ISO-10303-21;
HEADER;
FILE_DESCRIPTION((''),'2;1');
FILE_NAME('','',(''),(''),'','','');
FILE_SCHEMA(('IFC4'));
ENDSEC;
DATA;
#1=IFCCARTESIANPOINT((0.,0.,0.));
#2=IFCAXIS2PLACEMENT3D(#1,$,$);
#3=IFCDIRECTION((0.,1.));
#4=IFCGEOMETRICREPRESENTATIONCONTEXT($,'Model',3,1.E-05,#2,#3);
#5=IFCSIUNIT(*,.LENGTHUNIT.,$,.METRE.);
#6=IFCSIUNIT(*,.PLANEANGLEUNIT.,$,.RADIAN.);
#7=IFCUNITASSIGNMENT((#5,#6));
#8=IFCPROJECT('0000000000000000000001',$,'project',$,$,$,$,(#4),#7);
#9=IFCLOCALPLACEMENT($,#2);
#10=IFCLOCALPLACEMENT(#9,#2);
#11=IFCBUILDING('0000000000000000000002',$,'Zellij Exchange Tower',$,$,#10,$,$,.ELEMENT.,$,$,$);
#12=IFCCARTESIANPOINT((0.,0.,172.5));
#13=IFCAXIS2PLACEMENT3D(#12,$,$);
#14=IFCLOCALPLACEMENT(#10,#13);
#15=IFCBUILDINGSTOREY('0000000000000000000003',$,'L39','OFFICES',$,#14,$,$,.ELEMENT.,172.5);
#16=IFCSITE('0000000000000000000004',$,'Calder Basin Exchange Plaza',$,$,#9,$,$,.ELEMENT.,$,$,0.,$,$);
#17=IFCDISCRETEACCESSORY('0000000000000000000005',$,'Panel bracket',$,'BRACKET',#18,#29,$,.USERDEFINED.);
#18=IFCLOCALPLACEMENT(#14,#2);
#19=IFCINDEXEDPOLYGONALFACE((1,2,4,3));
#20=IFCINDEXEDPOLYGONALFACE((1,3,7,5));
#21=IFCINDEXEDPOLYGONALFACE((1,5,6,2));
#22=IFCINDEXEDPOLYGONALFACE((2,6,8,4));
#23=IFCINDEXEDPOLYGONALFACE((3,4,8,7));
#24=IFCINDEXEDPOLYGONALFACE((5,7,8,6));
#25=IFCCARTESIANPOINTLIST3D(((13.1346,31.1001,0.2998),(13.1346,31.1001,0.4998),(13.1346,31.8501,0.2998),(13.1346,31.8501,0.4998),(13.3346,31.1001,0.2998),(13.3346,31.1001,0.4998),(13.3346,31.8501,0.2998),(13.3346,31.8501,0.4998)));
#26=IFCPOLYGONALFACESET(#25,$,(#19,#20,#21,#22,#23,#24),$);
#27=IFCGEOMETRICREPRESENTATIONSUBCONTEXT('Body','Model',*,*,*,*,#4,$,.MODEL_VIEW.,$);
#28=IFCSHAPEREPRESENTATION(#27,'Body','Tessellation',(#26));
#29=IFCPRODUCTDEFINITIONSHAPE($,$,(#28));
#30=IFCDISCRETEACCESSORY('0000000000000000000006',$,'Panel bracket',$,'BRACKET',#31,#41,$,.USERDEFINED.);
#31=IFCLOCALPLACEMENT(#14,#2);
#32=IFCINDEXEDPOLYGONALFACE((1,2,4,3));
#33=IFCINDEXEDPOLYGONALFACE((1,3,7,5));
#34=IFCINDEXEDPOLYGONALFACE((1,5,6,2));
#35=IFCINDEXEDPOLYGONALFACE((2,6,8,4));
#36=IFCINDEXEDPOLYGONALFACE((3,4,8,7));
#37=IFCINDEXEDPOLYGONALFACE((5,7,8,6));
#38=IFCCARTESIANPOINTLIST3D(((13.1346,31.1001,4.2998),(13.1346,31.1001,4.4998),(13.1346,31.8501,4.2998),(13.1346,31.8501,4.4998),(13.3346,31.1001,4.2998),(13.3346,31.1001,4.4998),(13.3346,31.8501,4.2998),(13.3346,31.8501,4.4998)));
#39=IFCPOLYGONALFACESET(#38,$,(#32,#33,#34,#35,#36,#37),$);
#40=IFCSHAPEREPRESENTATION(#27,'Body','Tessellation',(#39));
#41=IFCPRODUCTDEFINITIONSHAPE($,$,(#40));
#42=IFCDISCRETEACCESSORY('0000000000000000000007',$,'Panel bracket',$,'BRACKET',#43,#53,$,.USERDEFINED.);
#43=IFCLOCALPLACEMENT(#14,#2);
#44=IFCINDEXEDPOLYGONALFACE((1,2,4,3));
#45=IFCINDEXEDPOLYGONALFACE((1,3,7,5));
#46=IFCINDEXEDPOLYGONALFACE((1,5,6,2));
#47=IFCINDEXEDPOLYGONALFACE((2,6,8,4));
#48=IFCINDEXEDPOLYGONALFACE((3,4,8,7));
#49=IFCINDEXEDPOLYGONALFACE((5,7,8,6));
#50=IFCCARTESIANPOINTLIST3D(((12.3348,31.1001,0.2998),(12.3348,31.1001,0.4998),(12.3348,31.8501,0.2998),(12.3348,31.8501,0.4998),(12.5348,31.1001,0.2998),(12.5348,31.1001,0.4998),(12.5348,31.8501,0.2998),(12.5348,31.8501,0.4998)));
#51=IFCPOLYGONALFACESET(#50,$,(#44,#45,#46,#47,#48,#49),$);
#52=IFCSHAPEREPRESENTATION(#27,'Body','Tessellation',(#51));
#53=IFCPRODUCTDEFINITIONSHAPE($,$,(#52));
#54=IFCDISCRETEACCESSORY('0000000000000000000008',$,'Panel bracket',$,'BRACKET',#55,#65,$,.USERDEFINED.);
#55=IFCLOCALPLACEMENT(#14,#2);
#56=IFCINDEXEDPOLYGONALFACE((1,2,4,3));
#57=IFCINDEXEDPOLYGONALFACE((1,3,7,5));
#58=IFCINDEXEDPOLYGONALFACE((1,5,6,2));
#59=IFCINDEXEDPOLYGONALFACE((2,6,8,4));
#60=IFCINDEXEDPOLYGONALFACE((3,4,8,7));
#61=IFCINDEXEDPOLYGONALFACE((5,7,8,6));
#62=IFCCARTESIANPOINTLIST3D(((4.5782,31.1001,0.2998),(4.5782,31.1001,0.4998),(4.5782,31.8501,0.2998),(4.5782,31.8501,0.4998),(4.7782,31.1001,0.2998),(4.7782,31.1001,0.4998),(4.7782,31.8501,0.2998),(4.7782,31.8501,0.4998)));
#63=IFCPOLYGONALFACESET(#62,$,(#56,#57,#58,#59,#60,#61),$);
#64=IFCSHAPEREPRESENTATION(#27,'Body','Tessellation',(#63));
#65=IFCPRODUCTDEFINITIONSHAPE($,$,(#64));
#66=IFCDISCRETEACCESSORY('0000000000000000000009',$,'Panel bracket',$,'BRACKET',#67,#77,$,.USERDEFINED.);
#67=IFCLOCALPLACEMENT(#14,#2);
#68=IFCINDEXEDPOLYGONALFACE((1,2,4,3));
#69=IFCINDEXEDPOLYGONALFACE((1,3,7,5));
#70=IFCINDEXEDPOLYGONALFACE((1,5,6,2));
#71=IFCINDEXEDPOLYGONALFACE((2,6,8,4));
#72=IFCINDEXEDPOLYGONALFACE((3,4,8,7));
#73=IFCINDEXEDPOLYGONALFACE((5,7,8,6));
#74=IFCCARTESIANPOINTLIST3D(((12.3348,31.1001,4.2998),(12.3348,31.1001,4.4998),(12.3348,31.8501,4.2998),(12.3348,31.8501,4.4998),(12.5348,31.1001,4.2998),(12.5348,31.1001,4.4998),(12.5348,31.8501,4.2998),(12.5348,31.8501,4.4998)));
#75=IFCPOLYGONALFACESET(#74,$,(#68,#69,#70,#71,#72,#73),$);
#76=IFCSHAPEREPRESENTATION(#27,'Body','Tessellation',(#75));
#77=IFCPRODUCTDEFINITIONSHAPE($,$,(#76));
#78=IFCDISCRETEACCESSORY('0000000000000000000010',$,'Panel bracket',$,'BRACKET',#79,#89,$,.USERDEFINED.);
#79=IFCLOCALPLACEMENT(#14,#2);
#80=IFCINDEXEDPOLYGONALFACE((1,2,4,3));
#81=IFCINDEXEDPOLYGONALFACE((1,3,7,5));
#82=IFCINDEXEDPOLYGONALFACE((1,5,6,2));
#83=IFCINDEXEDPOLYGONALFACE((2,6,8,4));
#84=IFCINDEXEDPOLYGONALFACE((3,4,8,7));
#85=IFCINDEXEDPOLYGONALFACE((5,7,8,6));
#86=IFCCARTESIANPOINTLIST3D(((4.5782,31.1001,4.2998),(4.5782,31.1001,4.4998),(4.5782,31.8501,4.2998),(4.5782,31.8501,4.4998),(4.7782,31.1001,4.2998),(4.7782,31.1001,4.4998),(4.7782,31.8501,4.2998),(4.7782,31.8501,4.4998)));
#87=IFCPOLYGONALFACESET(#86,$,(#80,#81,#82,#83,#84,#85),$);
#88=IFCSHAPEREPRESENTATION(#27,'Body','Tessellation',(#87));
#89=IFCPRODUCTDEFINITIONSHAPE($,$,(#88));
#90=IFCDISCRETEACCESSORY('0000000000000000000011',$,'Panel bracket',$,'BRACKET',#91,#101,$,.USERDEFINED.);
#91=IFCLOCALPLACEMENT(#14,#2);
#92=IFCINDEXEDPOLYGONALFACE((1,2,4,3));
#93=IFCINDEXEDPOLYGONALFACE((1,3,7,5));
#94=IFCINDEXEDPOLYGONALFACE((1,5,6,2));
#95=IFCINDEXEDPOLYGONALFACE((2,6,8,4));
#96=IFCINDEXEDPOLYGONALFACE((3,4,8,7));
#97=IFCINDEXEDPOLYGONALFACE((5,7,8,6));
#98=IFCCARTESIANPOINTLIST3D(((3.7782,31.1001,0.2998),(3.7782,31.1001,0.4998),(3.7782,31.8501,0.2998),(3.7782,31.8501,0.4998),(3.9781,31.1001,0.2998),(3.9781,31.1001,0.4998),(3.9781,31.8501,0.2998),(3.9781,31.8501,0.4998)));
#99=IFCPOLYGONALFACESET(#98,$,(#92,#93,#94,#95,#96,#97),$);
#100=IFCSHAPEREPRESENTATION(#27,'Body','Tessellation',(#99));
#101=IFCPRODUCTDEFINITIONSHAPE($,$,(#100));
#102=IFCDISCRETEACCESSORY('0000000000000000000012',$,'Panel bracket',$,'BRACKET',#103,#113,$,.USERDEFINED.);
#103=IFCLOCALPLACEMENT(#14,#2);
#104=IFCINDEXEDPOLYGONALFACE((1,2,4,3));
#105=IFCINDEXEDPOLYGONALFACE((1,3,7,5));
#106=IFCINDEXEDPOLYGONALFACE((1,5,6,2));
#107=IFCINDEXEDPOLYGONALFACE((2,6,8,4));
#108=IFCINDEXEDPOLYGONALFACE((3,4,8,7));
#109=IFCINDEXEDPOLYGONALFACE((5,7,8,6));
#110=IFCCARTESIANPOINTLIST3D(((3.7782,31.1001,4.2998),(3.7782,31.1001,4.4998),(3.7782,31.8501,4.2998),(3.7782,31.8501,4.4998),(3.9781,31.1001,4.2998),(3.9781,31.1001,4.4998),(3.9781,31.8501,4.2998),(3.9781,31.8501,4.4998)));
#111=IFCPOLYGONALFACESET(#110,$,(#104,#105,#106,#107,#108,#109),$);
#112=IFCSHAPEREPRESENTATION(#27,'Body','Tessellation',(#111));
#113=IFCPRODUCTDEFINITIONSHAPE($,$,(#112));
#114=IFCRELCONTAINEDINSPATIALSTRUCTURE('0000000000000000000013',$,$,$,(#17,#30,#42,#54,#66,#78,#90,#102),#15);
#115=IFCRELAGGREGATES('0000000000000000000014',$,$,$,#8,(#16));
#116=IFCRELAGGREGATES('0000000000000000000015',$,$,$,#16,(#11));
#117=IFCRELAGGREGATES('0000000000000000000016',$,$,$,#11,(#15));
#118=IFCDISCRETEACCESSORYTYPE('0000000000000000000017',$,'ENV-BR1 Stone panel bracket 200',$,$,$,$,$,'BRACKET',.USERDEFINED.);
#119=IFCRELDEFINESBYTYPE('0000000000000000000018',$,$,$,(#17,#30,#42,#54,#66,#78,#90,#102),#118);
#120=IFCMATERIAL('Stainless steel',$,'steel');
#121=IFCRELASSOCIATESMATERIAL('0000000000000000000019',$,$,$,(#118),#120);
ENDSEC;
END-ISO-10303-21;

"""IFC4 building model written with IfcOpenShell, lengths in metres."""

from ifc_helpers import new_model, si_unit, direction, frame, origin, origin_2d, place, context, subcontext, project, spatial, rectangle, extrude, material, type_object, element, save


model = new_model("IFC4")

# Units and contexts
model_context = context("Model", 3, precision=1e-05, world=origin(), true_north=direction((0.0, 1.0)))
body_context = subcontext(model_context, "Body", "Model", "MODEL_VIEW")
ifc_project = project(units=[si_unit("LENGTHUNIT", "METRE"), si_unit("PLANEANGLEUNIT", "RADIAN")], contexts=[model_context])

# Site, building, storey
site_placement = place(None, origin())
site = spatial("IfcSite", under=ifc_project, at=site_placement, Name="Calder Basin Exchange Plaza", CompositionType="ELEMENT", RefElevation=0.0)
building_placement = place(site_placement, origin())
building = spatial("IfcBuilding", under=site, at=building_placement, Name="Zellij Exchange Tower", CompositionType="ELEMENT")
storey_placement = place(building_placement, frame((0.0, 0.0, 172.5)))
storey = spatial("IfcBuildingStorey", under=building, at=storey_placement, Name="L39", Description="OFFICES", CompositionType="ELEMENT", Elevation=172.5)

# Discrete accessories
ifc_material_1 = material(Name="Stainless steel", Category="steel")
discrete_accessory_type = type_object("IfcDiscreteAccessoryType", Name="ENV-BR1 Stone panel bracket 200", ElementType="BRACKET", PredefinedType="USERDEFINED", material=ifc_material_1)
for number, where, z_axis, x_axis, name in (
    (1, (13.2346, 31.4751, 0.2998), (0.0, 0.0, 1.0), (-1.0, 0.0, 0.0), "Panel bracket"),
    (2, (13.2346, 31.4751, 4.2998), (0.0, 0.0, 1.0), (-1.0, 0.0, 0.0), "Panel bracket"),
    (3, (12.4348, 31.4751, 0.2998), (0.0, 0.0, 1.0), (-1.0, 0.0, 0.0), "Panel bracket"),
    (4, (4.6782, 31.4751, 0.2998), (0.0, 0.0, 1.0), (-1.0, 0.0, 0.0), "Panel bracket"),
    (5, (12.4348, 31.4751, 4.2998), (0.0, 0.0, 1.0), (-1.0, 0.0, 0.0), "Panel bracket"),
    (6, (4.6782, 31.4751, 4.2998), (0.0, 0.0, 1.0), (-1.0, 0.0, 0.0), "Panel bracket"),
    (7, (3.8782, 31.4751, 0.2998), (0.0, 0.0, 1.0), (-1.0, 0.0, 0.0), "Panel bracket"),
    (8, (3.8782, 31.4751, 4.2998), (0.0, 0.0, 1.0), (-1.0, 0.0, 0.0), "Panel bracket"),
):
    element("IfcDiscreteAccessory", number, at=place(storey_placement, frame(where, z_axis=z_axis, x_axis=x_axis)), inside=storey, type_object=discrete_accessory_type, Name=name, ObjectType="BRACKET", PredefinedType="USERDEFINED", context=body_context, shape_type="SweptSolid", body=[
        extrude(rectangle(XDim=0.2, YDim=0.75, at=origin_2d()), origin(), (0.0, 0.0, 1.0), 0.2),
    ])

save(model, "model.ifc")
